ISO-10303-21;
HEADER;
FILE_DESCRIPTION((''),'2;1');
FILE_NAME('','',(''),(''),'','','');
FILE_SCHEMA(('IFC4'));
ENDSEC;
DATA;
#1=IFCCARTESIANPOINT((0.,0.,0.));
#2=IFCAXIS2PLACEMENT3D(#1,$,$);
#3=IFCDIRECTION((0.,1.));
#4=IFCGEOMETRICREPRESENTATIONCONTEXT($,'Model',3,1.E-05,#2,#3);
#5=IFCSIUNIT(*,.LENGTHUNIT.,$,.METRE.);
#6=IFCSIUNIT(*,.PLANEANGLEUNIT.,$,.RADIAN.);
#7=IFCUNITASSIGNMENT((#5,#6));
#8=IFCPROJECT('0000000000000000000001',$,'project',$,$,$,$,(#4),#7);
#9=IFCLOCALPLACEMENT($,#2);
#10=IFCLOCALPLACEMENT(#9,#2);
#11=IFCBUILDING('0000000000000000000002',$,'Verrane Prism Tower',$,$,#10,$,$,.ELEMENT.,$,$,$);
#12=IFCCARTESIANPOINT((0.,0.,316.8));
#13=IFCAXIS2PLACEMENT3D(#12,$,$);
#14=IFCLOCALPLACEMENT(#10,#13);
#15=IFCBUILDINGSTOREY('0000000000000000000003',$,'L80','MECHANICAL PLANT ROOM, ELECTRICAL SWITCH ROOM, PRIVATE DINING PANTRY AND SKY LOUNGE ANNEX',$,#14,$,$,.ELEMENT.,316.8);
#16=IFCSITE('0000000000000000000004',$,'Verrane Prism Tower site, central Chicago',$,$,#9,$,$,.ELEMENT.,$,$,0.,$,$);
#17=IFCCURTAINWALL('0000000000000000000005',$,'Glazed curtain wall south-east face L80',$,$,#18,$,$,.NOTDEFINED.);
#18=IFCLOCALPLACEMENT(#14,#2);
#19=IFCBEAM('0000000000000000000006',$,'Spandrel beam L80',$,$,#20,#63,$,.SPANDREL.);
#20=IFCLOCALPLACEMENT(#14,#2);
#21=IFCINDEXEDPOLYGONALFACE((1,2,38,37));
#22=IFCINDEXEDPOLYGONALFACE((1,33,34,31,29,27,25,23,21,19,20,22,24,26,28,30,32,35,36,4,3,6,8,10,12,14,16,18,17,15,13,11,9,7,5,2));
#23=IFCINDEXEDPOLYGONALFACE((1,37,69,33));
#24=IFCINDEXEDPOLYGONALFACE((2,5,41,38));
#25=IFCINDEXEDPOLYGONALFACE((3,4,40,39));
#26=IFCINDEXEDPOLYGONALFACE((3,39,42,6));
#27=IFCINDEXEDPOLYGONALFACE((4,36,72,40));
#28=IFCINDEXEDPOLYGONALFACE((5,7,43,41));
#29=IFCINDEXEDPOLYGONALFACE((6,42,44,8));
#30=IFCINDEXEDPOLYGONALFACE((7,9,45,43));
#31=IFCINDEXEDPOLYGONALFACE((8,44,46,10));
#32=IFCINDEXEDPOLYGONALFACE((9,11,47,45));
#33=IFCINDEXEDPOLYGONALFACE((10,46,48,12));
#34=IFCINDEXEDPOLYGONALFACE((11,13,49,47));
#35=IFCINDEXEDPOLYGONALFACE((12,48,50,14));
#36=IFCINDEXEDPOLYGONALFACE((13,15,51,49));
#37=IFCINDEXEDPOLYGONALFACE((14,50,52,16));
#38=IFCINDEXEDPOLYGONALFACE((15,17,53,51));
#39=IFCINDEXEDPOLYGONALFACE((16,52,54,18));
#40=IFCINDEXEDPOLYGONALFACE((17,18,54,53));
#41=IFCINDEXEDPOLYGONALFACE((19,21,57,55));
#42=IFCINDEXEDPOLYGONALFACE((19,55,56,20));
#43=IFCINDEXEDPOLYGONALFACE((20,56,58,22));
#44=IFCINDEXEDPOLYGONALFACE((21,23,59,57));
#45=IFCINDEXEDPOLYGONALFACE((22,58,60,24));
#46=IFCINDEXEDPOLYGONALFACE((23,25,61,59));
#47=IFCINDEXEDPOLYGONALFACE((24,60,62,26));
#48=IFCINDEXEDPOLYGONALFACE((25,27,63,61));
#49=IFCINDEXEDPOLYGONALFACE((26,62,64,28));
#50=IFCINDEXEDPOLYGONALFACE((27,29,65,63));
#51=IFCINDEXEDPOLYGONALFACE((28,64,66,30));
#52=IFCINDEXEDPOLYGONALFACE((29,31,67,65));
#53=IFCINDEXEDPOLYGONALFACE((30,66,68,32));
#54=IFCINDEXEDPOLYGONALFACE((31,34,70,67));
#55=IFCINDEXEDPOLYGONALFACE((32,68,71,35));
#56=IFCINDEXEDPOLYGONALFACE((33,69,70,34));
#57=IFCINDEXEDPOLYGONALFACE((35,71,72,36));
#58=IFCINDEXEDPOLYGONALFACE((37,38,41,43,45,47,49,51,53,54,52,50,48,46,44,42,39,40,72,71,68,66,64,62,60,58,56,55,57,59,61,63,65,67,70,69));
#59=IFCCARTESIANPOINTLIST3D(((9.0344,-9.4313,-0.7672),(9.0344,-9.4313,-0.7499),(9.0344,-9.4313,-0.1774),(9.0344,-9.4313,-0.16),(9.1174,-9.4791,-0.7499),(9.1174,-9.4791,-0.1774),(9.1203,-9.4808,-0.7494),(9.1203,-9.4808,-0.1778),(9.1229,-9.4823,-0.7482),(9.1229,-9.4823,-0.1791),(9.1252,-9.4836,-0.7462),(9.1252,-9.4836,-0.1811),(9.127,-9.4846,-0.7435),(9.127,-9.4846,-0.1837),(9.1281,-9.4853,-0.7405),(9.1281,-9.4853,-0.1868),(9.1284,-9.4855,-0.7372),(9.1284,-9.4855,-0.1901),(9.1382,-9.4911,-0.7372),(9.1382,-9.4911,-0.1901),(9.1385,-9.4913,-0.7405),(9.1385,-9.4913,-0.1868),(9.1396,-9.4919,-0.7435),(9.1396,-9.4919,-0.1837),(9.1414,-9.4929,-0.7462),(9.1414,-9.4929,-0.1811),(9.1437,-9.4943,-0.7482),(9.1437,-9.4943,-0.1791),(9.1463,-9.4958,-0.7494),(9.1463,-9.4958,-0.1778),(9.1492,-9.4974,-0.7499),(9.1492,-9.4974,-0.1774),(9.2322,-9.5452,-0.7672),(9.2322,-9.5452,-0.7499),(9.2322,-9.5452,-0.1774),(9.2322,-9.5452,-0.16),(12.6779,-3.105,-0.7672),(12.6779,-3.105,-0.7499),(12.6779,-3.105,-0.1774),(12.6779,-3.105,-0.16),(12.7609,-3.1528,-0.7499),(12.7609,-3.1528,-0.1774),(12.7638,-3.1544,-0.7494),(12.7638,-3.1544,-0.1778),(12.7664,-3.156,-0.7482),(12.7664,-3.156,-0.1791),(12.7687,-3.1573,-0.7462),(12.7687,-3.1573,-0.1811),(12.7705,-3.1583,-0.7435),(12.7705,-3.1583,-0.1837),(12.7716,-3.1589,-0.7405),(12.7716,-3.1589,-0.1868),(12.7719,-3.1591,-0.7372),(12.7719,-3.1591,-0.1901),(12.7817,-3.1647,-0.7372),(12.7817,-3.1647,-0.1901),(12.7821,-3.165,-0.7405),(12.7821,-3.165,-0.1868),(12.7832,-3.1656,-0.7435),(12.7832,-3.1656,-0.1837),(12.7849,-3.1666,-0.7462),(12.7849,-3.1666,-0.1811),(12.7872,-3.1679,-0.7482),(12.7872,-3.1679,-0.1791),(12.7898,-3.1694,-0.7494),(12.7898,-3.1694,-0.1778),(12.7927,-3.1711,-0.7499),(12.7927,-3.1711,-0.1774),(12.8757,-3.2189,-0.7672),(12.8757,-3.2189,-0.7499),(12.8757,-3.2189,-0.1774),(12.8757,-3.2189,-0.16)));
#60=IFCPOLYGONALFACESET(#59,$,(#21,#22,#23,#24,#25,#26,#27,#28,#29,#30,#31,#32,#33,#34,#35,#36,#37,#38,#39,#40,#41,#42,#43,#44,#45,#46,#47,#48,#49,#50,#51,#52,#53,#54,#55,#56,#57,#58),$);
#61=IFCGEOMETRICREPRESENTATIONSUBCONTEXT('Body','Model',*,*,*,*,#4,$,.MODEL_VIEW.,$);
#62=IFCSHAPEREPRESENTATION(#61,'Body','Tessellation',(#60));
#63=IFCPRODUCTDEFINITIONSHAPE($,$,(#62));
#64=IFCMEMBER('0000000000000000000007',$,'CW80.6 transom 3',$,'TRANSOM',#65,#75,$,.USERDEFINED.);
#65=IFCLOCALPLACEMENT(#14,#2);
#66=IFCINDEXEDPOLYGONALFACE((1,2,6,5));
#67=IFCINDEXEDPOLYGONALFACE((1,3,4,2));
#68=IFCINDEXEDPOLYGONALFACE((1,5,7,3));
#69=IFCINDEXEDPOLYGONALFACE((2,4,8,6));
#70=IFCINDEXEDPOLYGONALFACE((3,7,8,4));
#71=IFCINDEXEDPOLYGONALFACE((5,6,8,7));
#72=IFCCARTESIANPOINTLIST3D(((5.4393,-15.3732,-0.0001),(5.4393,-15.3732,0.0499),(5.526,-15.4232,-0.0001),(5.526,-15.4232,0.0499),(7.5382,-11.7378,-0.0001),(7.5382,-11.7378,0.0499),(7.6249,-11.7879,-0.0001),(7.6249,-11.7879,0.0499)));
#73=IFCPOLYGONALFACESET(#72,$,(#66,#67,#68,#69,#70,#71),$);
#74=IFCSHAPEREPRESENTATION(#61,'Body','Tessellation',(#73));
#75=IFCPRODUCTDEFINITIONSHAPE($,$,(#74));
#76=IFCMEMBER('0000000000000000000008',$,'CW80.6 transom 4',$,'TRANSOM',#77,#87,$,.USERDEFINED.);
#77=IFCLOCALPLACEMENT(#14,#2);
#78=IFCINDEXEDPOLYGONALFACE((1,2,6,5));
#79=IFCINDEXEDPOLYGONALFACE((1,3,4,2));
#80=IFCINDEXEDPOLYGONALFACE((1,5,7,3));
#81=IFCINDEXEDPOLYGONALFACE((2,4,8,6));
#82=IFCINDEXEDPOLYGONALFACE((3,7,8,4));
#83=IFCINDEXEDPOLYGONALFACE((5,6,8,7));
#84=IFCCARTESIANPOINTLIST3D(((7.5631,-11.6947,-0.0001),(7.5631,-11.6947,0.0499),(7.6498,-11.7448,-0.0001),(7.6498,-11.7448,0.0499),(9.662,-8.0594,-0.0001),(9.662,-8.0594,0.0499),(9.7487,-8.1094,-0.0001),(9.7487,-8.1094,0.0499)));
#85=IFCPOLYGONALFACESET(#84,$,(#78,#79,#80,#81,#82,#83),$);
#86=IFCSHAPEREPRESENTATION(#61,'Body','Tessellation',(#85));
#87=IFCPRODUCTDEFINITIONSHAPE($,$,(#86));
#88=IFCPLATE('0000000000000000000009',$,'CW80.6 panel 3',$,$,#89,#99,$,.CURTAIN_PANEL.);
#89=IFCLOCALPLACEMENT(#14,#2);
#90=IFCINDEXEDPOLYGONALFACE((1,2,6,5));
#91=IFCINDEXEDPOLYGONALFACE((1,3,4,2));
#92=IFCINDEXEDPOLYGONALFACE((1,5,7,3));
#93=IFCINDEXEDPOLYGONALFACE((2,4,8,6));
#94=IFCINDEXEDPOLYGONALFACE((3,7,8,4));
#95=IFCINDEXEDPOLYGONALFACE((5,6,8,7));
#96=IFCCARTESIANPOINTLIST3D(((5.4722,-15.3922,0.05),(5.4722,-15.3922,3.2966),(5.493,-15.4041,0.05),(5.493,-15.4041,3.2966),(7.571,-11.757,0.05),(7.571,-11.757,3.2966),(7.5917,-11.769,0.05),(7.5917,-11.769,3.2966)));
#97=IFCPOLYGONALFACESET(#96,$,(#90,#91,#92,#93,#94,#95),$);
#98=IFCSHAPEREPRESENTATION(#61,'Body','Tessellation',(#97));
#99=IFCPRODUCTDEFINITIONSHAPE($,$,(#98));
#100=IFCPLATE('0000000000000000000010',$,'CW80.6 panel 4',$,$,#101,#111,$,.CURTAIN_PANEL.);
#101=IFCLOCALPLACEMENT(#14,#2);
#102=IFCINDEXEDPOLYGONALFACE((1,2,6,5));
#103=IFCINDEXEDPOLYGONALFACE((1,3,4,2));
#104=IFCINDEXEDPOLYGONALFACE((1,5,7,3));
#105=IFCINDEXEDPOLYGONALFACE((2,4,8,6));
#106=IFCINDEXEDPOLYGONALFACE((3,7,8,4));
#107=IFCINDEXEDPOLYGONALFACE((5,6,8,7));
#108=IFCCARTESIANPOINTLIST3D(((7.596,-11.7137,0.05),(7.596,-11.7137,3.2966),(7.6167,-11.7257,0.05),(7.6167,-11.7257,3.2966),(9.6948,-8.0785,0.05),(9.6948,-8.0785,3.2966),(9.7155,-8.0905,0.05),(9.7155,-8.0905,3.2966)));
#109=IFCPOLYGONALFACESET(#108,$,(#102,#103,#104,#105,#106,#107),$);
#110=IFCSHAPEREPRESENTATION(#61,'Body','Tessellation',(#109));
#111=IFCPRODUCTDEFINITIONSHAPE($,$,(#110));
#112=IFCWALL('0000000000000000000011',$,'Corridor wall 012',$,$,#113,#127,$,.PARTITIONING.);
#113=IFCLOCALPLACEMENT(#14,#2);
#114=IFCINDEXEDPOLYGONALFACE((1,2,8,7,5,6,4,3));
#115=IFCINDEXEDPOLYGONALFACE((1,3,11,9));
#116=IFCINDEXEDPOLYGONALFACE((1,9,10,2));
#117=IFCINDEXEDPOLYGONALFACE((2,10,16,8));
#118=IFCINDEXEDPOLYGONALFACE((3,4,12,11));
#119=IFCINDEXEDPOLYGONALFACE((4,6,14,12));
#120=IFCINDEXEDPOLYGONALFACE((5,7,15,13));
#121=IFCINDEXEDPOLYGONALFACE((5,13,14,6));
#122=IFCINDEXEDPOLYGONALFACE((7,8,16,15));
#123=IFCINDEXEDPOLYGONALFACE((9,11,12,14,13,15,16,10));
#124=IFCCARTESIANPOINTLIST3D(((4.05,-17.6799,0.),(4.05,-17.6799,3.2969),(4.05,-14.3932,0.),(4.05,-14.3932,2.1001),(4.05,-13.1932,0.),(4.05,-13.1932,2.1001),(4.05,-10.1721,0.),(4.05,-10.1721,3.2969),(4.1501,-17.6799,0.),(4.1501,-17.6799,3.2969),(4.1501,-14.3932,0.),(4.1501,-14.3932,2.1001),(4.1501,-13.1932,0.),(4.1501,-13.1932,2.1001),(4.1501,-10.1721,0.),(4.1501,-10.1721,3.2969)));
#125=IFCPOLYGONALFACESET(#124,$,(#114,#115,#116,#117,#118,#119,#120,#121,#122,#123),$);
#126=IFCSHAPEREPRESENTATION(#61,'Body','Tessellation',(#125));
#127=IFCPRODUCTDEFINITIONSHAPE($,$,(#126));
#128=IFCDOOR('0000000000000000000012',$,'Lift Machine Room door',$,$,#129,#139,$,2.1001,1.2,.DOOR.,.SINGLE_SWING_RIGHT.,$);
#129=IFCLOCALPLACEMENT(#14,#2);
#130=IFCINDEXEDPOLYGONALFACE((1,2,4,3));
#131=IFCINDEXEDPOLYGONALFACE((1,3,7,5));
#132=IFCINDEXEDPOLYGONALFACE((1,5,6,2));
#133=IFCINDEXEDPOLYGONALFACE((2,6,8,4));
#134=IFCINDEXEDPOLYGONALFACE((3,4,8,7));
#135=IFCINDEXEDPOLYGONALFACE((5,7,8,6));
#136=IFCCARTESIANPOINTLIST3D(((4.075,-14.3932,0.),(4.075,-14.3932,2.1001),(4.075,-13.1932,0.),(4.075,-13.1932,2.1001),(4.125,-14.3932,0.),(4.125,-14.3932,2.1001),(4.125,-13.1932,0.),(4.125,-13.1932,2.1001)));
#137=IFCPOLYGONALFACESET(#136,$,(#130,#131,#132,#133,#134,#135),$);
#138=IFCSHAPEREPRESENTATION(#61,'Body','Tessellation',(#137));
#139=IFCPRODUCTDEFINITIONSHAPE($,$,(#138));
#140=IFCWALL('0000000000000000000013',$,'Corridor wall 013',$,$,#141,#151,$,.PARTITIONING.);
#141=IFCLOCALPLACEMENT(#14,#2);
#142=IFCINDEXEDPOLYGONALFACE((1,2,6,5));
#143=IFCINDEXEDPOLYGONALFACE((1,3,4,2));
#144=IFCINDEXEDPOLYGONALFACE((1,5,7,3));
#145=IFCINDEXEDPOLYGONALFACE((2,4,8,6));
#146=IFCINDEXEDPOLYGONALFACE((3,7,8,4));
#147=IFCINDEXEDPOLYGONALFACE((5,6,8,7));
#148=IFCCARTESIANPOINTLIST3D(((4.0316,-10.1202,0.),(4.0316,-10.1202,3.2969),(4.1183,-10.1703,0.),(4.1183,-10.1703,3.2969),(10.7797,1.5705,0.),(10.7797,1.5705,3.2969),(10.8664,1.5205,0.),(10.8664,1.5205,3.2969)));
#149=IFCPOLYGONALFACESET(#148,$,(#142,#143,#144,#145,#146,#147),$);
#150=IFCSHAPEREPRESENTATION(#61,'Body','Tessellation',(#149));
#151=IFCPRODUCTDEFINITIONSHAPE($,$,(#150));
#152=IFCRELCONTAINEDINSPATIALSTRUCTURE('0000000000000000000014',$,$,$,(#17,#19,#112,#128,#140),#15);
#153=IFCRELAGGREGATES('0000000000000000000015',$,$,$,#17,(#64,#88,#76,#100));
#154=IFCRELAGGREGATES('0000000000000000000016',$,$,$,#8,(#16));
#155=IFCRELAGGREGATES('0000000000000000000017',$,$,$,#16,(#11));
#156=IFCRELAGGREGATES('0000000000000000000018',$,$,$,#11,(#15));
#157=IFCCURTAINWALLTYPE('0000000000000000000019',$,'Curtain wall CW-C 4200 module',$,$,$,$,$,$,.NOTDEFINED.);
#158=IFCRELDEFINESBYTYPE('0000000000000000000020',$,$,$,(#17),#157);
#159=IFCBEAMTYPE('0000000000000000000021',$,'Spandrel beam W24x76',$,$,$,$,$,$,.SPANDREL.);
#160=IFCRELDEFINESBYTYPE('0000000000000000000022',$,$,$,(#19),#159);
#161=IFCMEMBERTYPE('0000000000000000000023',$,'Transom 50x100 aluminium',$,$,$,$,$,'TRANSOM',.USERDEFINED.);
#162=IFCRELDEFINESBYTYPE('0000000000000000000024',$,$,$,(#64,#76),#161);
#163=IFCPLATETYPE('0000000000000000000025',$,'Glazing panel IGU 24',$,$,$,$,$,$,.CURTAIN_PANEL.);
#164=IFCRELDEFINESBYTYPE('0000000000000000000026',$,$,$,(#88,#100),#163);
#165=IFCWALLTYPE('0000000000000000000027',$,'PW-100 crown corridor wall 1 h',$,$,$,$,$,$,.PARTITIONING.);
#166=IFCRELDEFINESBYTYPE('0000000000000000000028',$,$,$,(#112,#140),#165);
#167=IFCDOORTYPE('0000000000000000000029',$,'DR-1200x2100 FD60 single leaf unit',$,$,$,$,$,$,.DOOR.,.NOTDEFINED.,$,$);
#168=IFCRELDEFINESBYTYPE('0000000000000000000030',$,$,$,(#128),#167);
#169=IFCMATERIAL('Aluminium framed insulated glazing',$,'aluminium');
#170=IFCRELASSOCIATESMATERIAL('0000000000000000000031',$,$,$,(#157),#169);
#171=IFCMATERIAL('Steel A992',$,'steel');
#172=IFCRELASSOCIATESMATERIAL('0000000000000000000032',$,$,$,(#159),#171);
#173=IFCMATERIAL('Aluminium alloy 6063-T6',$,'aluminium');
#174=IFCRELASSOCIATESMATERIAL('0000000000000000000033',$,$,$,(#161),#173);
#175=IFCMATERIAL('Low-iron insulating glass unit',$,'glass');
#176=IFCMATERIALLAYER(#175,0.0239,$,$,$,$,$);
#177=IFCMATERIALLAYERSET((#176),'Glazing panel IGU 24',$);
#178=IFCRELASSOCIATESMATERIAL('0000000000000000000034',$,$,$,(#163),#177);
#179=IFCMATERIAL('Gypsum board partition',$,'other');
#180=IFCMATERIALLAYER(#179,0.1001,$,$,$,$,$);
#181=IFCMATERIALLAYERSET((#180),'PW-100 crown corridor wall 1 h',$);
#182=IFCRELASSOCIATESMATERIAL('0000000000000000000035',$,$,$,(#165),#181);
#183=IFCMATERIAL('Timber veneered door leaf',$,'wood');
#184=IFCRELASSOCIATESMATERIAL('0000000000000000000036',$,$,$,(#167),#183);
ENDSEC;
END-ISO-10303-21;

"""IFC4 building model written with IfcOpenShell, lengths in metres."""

from ifc_helpers import new_model, si_unit, direction, frame, frame_2d, origin, origin_2d, place, context, subcontext, project, spatial, rectangle, i_section, extrude, material, layer, layer_set, material_profile, profile_set, type_object, element, fill, aggregate, save


model = new_model("IFC4")

# Units and contexts
model_context = context("Model", 3, precision=1e-05, world=origin(), true_north=direction((0.0, 1.0)))
body_context = subcontext(model_context, "Body", "Model", "MODEL_VIEW")
ifc_project = project(units=[si_unit("LENGTHUNIT", "METRE"), si_unit("PLANEANGLEUNIT", "RADIAN")], contexts=[model_context])

# Site, building, storey
site_placement = place(None, origin())
site = spatial("IfcSite", under=ifc_project, at=site_placement, Name="Verrane Prism Tower site, central Chicago", CompositionType="ELEMENT", RefElevation=0.0)
building_placement = place(site_placement, origin())
building = spatial("IfcBuilding", under=site, at=building_placement, Name="Verrane Prism Tower", CompositionType="ELEMENT")
storey_placement = place(building_placement, frame((0.0, 0.0, 316.8)))
storey = spatial("IfcBuildingStorey", under=building, at=storey_placement, Name="L80", Description="MECHANICAL PLANT ROOM, ELECTRICAL SWITCH ROOM, PRIVATE DINING PANTRY AND SKY LOUNGE ANNEX", CompositionType="ELEMENT", Elevation=316.8)

# Curtain wall
ifc_material_1 = material(Name="Aluminium framed insulated glazing", Category="aluminium")
curtain_wall_type = type_object("IfcCurtainWallType", Name="Curtain wall CW-C 4200 module", PredefinedType="NOTDEFINED", material=ifc_material_1)
curtain_wall_placement = place(storey_placement, origin())
curtain_wall = element("IfcCurtainWall", 1, at=curtain_wall_placement, inside=storey, type_object=curtain_wall_type, Name="Glazed curtain wall south-east face L80", PredefinedType="NOTDEFINED")

# Beam
ifc_material_2 = material(Name="Steel A992", Category="steel")
ifc_material_profile_1 = material_profile(ifc_material_2, i_section(OverallWidth=0.2283, OverallDepth=0.6072, WebThickness=0.0112, FlangeThickness=0.0173, FilletRadius=0.0127, at=origin_2d()), Name="W24x76")
ifc_profile_set_1 = profile_set([ifc_material_profile_1], Name="Steel A992")
beam_type_1 = type_object("IfcBeamType", Name="Spandrel beam W24x76", PredefinedType="SPANDREL", material=ifc_profile_set_1)
beam_1_placement = place(storey_placement, frame((9.1333, -9.4883, -0.4636), z_axis=(0.499075, 0.866559, 0.0), x_axis=(-0.866559, 0.499075, 0.0)))
element("IfcBeam", 2, at=beam_1_placement, inside=storey, type_object=beam_type_1, Name="Spandrel beam L80", PredefinedType="SPANDREL", context=body_context, shape_type="SweptSolid", body=[
    extrude(i_section(OverallWidth=0.2283, OverallDepth=0.6072, WebThickness=0.0112, FlangeThickness=0.0173, FilletRadius=0.0127, at=origin_2d()), origin(), (0.0, 0.0, 1.0), 7.3005),
])

# Members
ifc_material_3 = material(Name="Aluminium alloy 6063-T6", Category="aluminium")
ifc_material_profile_2 = material_profile(ifc_material_3, rectangle(XDim=0.1001, YDim=0.05, at=origin_2d()), Name="Transom 50x100 aluminium")
ifc_profile_set_2 = profile_set([ifc_material_profile_2], Name="Aluminium alloy 6063-T6")
member_type_1 = type_object("IfcMemberType", Name="Transom 50x100 aluminium", ElementType="TRANSOM", PredefinedType="USERDEFINED", material=ifc_profile_set_2)
member_1_placement = place(storey_placement, frame((5.4827, -15.3982, 0.0249), z_axis=(0.500011, 0.866019, 0.0), x_axis=(-0.866019, 0.500011, 0.0)))
member_1 = element("IfcMember", 3, at=member_1_placement, type_object=member_type_1, Name="CW80.6 transom 3", ObjectType="TRANSOM", PredefinedType="USERDEFINED", context=body_context, shape_type="SweptSolid", body=[
    extrude(rectangle(XDim=0.1001, YDim=0.05, at=origin_2d()), origin(), (0.0, 0.0, 1.0), 4.1978),
])
member_2_placement = place(storey_placement, frame((7.6064, -11.7197, 0.0249), z_axis=(0.500011, 0.866019, 0.0), x_axis=(-0.866019, 0.500011, 0.0)))
member_2 = element("IfcMember", 4, at=member_2_placement, type_object=member_type_1, Name="CW80.6 transom 4", ObjectType="TRANSOM", PredefinedType="USERDEFINED", context=body_context, shape_type="SweptSolid", body=[
    extrude(rectangle(XDim=0.1001, YDim=0.05, at=origin_2d()), origin(), (0.0, 0.0, 1.0), 4.1978),
])

# Plates
ifc_material_4 = material(Name="Low-iron insulating glass unit", Category="glass")
ifc_layer_1 = layer(ifc_material_4, 0.0239)
ifc_layer_set_1 = layer_set([ifc_layer_1], Name="Glazing panel IGU 24")
plate_type = type_object("IfcPlateType", Name="Glazing panel IGU 24", PredefinedType="CURTAIN_PANEL", material=ifc_layer_set_1)
plate_1_placement = place(storey_placement, frame((6.532, -13.5806, 0.05), z_axis=(0.0, 0.0, 1.0), x_axis=(0.5, 0.866025, 0.0)))
plate_1 = element("IfcPlate", 5, at=plate_1_placement, type_object=plate_type, Name="CW80.6 panel 3", PredefinedType="CURTAIN_PANEL", context=body_context, shape_type="SweptSolid", body=[
    extrude(rectangle(XDim=4.1975, YDim=0.0239, at=origin_2d()), origin(), (0.0, 0.0, 1.0), 3.2466),
])
plate_2_placement = place(storey_placement, frame((8.6558, -9.9021, 0.05), z_axis=(0.0, 0.0, 1.0), x_axis=(0.5, 0.866025, 0.0)))
plate_2 = element("IfcPlate", 6, at=plate_2_placement, type_object=plate_type, Name="CW80.6 panel 4", PredefinedType="CURTAIN_PANEL", context=body_context, shape_type="SweptSolid", body=[
    extrude(rectangle(XDim=4.1975, YDim=0.0239, at=origin_2d()), origin(), (0.0, 0.0, 1.0), 3.2466),
])
aggregate(curtain_wall, [member_1, plate_1, member_2, plate_2])

# Wall, opening, door
ifc_material_5 = material(Name="Gypsum board partition", Category="other")
ifc_layer_2 = layer(ifc_material_5, 0.1001)
ifc_layer_set_2 = layer_set([ifc_layer_2], Name="PW-100 crown corridor wall 1 h")
wall_type = type_object("IfcWallType", Name="PW-100 crown corridor wall 1 h", PredefinedType="PARTITIONING", material=ifc_layer_set_2)
wall_1_placement = place(storey_placement, frame((4.1001, -10.1721, 0.0), z_axis=(0.0, 0.0, 1.0), x_axis=(0.0, -1.0, 0.0)))
wall_1 = element("IfcWall", 7, at=wall_1_placement, inside=storey, type_object=wall_type, Name="Corridor wall 012", PredefinedType="PARTITIONING", context=body_context, shape_type="SweptSolid", body=[
    extrude(rectangle(XDim=7.5078, YDim=0.1001, at=frame_2d((3.7539, 0.0))), origin(), (0.0, 0.0, 1.0), 3.2969),
])
opening_placement = place(wall_1_placement, frame((3.021, 0.0, 0.0)))
opening = element("IfcOpeningElement", 8, at=opening_placement, cuts=wall_1, PredefinedType="OPENING", context=body_context, shape_type="SweptSolid", body=[
    extrude(rectangle(XDim=1.2, YDim=2.1001, at=frame_2d((0.6001, 1.05))), frame((0.0, 0.0601, 0.0), z_axis=(0.0, -1.0, 0.0), x_axis=(1.0, 0.0, 0.0)), (0.0, 0.0, 1.0), 0.1201),
])
ifc_material_6 = material(Name="Timber veneered door leaf", Category="wood")
door_type = type_object("IfcDoorType", Name="DR-1200x2100 FD60 single leaf unit", OperationType="NOTDEFINED", PredefinedType="DOOR", material=ifc_material_6)
door_placement = place(opening_placement, origin())
door = element("IfcDoor", 9, at=door_placement, inside=storey, type_object=door_type, Name="Lift Machine Room door", OperationType="SINGLE_SWING_RIGHT", OverallHeight=2.1001, OverallWidth=1.2, PredefinedType="DOOR", context=body_context, shape_type="SweptSolid", body=[
    extrude(rectangle(XDim=1.2, YDim=2.1001, at=frame_2d((0.6001, 1.05))), frame((0.0, 0.0249, 0.0), z_axis=(0.0, -1.0, 0.0), x_axis=(1.0, 0.0, 0.0)), (0.0, 0.0, 1.0), 0.05),
])
fill(opening, door)

# Wall
wall_2_placement = place(storey_placement, frame((4.075, -10.1453, 0.0), z_axis=(0.0, 0.0, 1.0), x_axis=(0.499913, 0.866076, 0.0)))
element("IfcWall", 10, at=wall_2_placement, inside=storey, type_object=wall_type, Name="Corridor wall 013", PredefinedType="PARTITIONING", context=body_context, shape_type="SweptSolid", body=[
    extrude(rectangle(XDim=13.4985, YDim=0.1001, at=frame_2d((6.7493, 0.0))), origin(), (0.0, 0.0, 1.0), 3.2969),
])

save(model, "model.ifc")
